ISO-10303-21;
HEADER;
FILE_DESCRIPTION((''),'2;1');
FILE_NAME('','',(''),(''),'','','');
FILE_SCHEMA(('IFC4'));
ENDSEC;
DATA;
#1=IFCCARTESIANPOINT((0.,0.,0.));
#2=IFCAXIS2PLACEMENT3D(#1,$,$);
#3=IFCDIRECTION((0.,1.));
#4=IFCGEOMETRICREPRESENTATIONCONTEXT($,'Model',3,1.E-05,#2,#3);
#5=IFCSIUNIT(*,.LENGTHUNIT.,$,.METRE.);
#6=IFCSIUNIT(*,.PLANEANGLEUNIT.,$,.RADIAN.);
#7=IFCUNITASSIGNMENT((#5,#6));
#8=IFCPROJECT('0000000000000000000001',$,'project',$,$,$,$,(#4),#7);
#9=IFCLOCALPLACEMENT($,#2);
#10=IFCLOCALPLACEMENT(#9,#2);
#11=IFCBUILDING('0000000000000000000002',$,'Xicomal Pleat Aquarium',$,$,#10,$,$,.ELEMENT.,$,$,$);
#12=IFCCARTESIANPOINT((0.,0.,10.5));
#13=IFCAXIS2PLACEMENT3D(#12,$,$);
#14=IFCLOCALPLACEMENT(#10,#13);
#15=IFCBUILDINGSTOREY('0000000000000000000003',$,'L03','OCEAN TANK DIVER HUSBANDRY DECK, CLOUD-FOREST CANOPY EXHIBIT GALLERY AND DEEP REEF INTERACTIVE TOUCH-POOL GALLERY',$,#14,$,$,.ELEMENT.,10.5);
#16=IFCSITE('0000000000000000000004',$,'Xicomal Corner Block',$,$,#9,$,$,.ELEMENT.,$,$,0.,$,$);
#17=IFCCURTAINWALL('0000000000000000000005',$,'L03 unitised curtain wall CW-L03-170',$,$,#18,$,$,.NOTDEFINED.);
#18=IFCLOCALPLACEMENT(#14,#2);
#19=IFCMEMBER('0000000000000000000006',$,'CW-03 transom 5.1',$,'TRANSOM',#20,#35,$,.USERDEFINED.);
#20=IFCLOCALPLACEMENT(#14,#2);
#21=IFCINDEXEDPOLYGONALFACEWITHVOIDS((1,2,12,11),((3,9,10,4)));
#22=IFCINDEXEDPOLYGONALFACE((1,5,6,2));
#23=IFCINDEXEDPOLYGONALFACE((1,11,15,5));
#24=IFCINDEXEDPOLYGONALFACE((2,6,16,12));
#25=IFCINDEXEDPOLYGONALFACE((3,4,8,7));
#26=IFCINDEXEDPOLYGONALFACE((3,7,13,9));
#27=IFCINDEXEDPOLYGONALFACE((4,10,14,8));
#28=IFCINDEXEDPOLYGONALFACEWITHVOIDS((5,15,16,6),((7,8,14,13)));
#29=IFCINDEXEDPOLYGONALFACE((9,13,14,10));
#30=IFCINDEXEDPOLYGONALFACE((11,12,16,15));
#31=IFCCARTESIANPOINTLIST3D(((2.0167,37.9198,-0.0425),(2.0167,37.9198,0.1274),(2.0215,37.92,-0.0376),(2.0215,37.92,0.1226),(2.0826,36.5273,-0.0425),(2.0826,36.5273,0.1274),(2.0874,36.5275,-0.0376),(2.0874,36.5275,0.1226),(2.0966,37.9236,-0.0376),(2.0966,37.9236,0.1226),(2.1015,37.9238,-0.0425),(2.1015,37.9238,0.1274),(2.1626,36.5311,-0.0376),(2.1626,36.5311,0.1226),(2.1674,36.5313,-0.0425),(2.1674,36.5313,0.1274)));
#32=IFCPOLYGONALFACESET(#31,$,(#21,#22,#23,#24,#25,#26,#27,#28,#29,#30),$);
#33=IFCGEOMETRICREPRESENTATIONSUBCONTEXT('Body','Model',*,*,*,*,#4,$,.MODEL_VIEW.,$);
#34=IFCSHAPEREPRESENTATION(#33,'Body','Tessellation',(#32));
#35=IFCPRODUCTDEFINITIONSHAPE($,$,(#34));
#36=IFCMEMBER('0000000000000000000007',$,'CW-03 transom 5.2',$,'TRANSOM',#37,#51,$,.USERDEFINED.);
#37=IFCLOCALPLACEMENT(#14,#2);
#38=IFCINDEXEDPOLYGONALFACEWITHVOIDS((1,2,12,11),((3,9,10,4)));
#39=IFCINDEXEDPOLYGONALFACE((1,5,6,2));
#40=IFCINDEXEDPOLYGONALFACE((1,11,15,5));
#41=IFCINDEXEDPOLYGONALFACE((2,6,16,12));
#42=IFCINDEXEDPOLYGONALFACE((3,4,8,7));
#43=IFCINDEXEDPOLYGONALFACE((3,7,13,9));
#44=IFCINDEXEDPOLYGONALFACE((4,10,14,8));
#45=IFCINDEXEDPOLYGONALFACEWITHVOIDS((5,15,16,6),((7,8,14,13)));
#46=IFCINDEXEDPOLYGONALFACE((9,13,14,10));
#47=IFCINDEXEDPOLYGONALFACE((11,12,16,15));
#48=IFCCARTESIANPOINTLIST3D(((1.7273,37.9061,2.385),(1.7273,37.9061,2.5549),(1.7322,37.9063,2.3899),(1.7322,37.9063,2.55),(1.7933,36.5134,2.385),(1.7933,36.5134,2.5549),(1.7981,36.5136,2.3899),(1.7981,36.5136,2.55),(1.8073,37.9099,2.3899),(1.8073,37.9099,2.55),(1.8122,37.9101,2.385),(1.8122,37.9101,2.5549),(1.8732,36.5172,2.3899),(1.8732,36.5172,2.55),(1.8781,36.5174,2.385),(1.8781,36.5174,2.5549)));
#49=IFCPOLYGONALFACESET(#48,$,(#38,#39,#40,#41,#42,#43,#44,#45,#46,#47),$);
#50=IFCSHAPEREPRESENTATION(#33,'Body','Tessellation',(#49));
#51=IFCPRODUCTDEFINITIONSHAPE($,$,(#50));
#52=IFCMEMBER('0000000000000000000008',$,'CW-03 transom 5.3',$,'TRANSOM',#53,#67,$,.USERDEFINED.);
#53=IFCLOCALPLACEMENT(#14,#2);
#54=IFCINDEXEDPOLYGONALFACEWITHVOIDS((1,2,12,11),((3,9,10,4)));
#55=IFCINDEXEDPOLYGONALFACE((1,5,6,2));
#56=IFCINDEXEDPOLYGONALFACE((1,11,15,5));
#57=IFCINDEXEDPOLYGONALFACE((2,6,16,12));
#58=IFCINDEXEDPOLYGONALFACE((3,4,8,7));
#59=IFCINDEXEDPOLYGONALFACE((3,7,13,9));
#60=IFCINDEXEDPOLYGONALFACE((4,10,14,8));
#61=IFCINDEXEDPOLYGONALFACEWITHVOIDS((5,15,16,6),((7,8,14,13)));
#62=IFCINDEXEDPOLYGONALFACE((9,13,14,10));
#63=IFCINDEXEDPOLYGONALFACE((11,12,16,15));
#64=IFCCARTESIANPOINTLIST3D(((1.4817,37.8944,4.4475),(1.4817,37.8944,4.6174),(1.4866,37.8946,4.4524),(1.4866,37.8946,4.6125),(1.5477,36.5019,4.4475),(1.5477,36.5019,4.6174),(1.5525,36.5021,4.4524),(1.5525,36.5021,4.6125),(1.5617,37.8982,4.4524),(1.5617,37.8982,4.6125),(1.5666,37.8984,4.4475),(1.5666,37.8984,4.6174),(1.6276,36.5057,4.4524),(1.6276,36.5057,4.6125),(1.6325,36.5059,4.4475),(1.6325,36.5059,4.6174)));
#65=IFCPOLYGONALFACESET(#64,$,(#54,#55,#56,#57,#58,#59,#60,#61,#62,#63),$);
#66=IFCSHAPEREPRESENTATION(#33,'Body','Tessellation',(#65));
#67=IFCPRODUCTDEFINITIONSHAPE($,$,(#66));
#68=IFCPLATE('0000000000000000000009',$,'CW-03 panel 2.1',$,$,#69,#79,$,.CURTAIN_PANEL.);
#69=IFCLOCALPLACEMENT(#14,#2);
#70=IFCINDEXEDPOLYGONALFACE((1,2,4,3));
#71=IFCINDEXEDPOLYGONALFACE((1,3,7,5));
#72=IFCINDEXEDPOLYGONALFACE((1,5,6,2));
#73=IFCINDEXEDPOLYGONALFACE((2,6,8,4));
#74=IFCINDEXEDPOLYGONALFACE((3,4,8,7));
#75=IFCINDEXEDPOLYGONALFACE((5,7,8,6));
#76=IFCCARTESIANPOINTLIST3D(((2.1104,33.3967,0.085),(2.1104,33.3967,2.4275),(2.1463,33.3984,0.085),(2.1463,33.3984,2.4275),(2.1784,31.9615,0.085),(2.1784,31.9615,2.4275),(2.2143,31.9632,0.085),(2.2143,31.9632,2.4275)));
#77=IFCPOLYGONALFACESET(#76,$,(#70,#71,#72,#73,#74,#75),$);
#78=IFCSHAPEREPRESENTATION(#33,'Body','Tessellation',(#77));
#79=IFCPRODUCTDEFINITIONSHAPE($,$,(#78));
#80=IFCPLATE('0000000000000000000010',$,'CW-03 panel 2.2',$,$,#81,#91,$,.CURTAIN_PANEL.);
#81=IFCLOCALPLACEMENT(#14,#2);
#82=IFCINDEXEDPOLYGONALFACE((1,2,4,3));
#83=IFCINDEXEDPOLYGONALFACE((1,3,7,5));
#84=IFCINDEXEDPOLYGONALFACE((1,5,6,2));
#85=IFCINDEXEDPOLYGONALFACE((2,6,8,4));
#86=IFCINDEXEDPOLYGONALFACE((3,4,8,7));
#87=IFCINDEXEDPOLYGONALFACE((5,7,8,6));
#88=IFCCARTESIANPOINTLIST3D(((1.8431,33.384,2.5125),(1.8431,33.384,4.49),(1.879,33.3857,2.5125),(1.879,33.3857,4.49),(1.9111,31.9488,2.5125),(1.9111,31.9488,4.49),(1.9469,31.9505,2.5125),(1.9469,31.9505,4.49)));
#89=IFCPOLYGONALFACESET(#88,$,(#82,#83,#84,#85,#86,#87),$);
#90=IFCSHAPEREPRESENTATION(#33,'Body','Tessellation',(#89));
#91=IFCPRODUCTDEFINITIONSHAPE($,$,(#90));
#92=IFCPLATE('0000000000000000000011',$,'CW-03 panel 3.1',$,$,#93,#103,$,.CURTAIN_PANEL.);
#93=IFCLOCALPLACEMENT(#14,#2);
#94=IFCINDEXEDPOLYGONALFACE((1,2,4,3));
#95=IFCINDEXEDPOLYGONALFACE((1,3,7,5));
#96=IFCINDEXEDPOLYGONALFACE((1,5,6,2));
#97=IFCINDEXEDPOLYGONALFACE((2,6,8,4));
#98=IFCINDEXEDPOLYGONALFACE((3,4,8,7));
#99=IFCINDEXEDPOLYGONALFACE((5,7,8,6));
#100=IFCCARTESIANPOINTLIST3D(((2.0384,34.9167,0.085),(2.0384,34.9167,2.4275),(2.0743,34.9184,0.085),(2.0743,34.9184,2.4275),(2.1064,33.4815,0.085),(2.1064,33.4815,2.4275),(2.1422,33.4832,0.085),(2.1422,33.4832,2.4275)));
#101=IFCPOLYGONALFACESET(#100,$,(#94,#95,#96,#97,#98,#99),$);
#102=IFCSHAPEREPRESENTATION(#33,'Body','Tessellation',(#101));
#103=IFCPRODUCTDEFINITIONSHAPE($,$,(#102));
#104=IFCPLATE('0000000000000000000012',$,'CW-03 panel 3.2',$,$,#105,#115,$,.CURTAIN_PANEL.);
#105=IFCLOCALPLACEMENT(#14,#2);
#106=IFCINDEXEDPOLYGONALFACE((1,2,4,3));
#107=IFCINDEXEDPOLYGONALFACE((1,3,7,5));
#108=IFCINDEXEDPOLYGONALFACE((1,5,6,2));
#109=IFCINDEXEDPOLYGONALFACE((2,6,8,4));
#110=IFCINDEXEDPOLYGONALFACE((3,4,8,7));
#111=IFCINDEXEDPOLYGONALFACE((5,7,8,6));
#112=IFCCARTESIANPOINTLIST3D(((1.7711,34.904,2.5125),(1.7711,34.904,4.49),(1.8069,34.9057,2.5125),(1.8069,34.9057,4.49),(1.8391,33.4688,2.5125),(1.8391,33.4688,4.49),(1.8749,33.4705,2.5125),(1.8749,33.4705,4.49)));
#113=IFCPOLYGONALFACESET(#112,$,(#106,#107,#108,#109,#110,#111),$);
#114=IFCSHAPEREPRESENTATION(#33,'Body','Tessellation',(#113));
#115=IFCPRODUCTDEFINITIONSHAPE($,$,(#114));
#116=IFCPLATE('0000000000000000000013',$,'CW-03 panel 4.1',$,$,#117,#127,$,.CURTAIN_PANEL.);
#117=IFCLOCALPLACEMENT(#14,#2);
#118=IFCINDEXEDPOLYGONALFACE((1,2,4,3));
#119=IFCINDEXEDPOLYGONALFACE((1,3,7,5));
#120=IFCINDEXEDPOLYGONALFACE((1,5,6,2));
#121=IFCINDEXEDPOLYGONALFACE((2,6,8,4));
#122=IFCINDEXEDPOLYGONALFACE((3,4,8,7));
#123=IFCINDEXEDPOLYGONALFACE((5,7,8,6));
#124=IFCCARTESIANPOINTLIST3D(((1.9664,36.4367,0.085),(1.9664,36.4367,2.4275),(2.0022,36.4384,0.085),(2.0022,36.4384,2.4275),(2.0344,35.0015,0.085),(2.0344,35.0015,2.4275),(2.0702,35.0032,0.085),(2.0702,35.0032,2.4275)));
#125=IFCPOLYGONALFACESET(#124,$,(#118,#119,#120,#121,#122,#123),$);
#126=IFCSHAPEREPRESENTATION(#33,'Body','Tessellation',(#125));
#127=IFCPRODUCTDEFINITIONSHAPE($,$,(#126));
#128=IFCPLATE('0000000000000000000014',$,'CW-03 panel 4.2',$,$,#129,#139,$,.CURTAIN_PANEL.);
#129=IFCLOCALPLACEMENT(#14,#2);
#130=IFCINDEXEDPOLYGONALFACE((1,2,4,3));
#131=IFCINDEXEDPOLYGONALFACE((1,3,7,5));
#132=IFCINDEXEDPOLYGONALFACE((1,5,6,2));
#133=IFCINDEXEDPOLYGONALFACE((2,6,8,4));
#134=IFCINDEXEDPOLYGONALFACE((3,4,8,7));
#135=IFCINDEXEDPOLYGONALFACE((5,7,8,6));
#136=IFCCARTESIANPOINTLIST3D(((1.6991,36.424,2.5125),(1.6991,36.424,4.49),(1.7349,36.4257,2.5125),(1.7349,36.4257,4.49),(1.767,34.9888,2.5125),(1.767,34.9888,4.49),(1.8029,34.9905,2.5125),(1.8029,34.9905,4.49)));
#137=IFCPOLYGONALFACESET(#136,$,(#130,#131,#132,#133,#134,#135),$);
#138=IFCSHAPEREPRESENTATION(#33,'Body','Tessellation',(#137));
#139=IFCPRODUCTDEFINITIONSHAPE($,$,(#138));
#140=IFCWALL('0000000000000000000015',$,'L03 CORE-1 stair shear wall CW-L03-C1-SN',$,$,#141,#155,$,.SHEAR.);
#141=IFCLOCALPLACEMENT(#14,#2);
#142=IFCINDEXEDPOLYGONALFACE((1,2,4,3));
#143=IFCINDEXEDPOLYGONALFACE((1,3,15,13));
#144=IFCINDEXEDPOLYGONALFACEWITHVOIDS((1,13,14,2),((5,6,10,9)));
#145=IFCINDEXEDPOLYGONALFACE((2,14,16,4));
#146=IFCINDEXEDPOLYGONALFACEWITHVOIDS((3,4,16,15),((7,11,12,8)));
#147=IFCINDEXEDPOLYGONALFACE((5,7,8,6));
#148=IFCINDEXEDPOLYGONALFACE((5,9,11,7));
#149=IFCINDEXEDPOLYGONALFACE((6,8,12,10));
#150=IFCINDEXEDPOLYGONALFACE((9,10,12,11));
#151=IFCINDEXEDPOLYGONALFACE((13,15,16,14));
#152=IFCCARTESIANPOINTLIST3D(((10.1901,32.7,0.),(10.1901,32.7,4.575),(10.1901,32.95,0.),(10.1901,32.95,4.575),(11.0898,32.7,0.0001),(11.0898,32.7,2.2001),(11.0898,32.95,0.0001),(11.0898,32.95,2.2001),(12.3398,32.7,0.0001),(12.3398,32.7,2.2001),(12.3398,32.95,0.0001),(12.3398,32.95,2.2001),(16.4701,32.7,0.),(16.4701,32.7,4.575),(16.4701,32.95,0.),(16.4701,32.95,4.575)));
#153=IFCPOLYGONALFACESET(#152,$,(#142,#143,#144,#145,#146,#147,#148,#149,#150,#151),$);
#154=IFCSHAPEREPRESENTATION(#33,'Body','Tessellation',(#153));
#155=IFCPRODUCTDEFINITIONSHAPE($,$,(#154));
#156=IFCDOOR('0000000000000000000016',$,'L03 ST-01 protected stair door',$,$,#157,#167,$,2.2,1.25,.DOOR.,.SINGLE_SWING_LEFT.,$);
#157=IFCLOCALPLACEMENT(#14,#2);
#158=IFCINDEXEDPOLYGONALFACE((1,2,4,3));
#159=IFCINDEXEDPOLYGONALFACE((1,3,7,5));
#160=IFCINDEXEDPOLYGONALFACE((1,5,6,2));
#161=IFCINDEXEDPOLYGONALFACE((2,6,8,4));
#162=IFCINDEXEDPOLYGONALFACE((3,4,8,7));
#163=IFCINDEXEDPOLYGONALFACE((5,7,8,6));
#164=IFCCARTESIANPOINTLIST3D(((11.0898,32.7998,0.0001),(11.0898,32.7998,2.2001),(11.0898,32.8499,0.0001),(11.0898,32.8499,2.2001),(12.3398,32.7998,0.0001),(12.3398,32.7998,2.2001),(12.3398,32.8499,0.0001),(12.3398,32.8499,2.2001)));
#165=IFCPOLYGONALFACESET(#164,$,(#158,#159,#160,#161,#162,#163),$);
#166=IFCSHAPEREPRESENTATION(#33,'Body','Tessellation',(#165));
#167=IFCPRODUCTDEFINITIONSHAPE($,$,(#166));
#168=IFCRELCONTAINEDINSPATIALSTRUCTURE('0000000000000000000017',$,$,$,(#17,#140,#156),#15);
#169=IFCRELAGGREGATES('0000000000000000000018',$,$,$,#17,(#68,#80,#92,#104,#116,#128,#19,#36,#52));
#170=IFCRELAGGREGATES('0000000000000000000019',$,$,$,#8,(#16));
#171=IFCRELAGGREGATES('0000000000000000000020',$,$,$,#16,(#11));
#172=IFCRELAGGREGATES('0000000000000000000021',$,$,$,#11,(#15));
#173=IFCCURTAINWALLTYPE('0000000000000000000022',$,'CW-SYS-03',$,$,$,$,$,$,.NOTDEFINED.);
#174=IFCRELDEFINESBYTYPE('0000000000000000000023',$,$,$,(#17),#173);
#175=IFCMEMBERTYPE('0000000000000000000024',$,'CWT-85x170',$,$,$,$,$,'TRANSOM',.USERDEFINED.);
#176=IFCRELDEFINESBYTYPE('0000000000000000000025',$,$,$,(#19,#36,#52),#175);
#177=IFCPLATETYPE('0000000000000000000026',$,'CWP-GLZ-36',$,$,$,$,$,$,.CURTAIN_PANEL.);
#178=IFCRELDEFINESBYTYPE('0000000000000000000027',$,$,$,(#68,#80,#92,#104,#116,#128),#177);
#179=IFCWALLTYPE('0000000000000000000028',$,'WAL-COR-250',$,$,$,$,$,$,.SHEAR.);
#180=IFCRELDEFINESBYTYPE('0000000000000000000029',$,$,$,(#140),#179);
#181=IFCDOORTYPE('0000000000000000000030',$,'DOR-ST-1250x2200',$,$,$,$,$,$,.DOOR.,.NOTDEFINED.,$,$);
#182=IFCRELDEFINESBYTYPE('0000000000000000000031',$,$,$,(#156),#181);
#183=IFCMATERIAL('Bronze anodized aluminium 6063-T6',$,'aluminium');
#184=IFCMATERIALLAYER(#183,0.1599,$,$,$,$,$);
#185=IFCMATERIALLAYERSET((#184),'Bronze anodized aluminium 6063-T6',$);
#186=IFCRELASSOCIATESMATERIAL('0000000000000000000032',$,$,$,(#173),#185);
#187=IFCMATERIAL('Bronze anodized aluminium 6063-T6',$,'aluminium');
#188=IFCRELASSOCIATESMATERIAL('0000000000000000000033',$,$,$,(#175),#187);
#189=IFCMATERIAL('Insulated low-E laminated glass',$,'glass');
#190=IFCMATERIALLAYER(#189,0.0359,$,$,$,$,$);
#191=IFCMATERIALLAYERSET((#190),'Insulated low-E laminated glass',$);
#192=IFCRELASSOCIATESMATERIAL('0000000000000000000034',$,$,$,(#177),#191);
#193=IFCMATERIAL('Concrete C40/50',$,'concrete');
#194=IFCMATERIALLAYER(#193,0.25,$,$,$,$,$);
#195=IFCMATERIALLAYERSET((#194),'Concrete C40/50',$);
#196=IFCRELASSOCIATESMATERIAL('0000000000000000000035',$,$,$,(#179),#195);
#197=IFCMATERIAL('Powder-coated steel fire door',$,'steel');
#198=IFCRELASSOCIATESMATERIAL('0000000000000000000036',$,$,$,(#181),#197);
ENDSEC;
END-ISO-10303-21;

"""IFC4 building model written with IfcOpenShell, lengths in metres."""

from ifc_helpers import new_model, si_unit, direction, frame, frame_2d, origin, origin_2d, place, context, subcontext, project, spatial, rectangle, hollow_rectangle, extrude, material, layer, layer_set, material_profile, profile_set, type_object, element, fill, aggregate, save


model = new_model("IFC4")

# Units and contexts
model_context = context("Model", 3, precision=1e-05, world=origin(), true_north=direction((0.0, 1.0)))
body_context = subcontext(model_context, "Body", "Model", "MODEL_VIEW")
ifc_project = project(units=[si_unit("LENGTHUNIT", "METRE"), si_unit("PLANEANGLEUNIT", "RADIAN")], contexts=[model_context])

# Site, building, storey
site_placement = place(None, origin())
site = spatial("IfcSite", under=ifc_project, at=site_placement, Name="Xicomal Corner Block", CompositionType="ELEMENT", RefElevation=0.0)
building_placement = place(site_placement, origin())
building = spatial("IfcBuilding", under=site, at=building_placement, Name="Xicomal Pleat Aquarium", CompositionType="ELEMENT")
storey_placement = place(building_placement, frame((0.0, 0.0, 10.5)))
storey = spatial("IfcBuildingStorey", under=building, at=storey_placement, Name="L03", Description="OCEAN TANK DIVER HUSBANDRY DECK, CLOUD-FOREST CANOPY EXHIBIT GALLERY AND DEEP REEF INTERACTIVE TOUCH-POOL GALLERY", CompositionType="ELEMENT", Elevation=10.5)

# Curtain wall, members, plates
ifc_material_1 = material(Name="Bronze anodized aluminium 6063-T6", Category="aluminium")
ifc_layer_1 = layer(ifc_material_1, 0.1599)
ifc_layer_set_1 = layer_set([ifc_layer_1], Name="Bronze anodized aluminium 6063-T6")
curtain_wall_type = type_object("IfcCurtainWallType", Name="CW-SYS-03", PredefinedType="NOTDEFINED", material=ifc_layer_set_1)
curtain_wall_placement = place(storey_placement, origin())
curtain_wall = element("IfcCurtainWall", 1, at=curtain_wall_placement, inside=storey, type_object=curtain_wall_type, Name="L03 unitised curtain wall CW-L03-170", PredefinedType="NOTDEFINED")
ifc_material_2 = material(Name="Bronze anodized aluminium 6063-T6", Category="aluminium")
ifc_material_profile_1 = material_profile(ifc_material_2, hollow_rectangle(XDim=0.085, YDim=0.1699, WallThickness=0.0049, at=origin_2d()), Name="ALU TRAN 85x170")
ifc_profile_set_1 = profile_set([ifc_material_profile_1], Name="Bronze anodized aluminium 6063-T6")
member_type_1 = type_object("IfcMemberType", Name="CWT-85x170", ElementType="TRANSOM", PredefinedType="USERDEFINED", material=ifc_profile_set_1)
member_1_placement = place(storey_placement, frame((2.125, 36.5293, 0.0425), z_axis=(-0.047282, 0.998882, 0.0), x_axis=(-0.998882, -0.047282, 0.0)))
member_1 = element("IfcMember", 2, at=member_1_placement, type_object=member_type_1, Name="CW-03 transom 5.1", ObjectType="TRANSOM", PredefinedType="USERDEFINED", context=body_context, shape_type="SweptSolid", body=[
    extrude(hollow_rectangle(XDim=0.085, YDim=0.1699, WallThickness=0.0049, at=origin_2d()), origin(), (0.0, 0.0, 1.0), 1.394),
])
member_2_placement = place(storey_placement, frame((1.8357, 36.5154, 2.47), z_axis=(-0.047274, 0.998882, 0.0), x_axis=(-0.998882, -0.047274, 0.0)))
member_2 = element("IfcMember", 3, at=member_2_placement, type_object=member_type_1, Name="CW-03 transom 5.2", ObjectType="TRANSOM", PredefinedType="USERDEFINED", context=body_context, shape_type="SweptSolid", body=[
    extrude(hollow_rectangle(XDim=0.085, YDim=0.1699, WallThickness=0.0049, at=origin_2d()), origin(), (0.0, 0.0, 1.0), 1.3943),
])
member_3_placement = place(storey_placement, frame((1.5901, 36.5039, 4.5325), z_axis=(-0.047282, 0.998882, 0.0), x_axis=(-0.998882, -0.047282, 0.0)))
member_3 = element("IfcMember", 4, at=member_3_placement, type_object=member_type_1, Name="CW-03 transom 5.3", ObjectType="TRANSOM", PredefinedType="USERDEFINED", context=body_context, shape_type="SweptSolid", body=[
    extrude(hollow_rectangle(XDim=0.085, YDim=0.1699, WallThickness=0.0049, at=origin_2d()), origin(), (0.0, 0.0, 1.0), 1.394),
])
ifc_material_3 = material(Name="Insulated low-E laminated glass", Category="glass")
ifc_layer_2 = layer(ifc_material_3, 0.0359)
ifc_layer_set_2 = layer_set([ifc_layer_2], Name="Insulated low-E laminated glass")
plate_type = type_object("IfcPlateType", Name="CWP-GLZ-36", PredefinedType="CURTAIN_PANEL", material=ifc_layer_set_2)
plate_1_placement = place(storey_placement, frame((2.1624, 32.6799, 0.085), z_axis=(0.0, 0.0, 1.0), x_axis=(-0.047315, 0.99888, 0.0)))
plate_1 = element("IfcPlate", 5, at=plate_1_placement, type_object=plate_type, Name="CW-03 panel 2.1", PredefinedType="CURTAIN_PANEL", context=body_context, shape_type="SweptSolid", body=[
    extrude(rectangle(XDim=1.4368, YDim=0.0359, at=origin_2d()), origin(), (0.0, 0.0, 1.0), 2.3425),
])
plate_2_placement = place(storey_placement, frame((1.895, 32.6672, 2.5125), z_axis=(0.0, 0.0, 1.0), x_axis=(-0.047315, 0.99888, 0.0)))
plate_2 = element("IfcPlate", 6, at=plate_2_placement, type_object=plate_type, Name="CW-03 panel 2.2", PredefinedType="CURTAIN_PANEL", context=body_context, shape_type="SweptSolid", body=[
    extrude(rectangle(XDim=1.4368, YDim=0.0359, at=origin_2d()), origin(), (0.0, 0.0, 1.0), 1.9775),
])
plate_3_placement = place(storey_placement, frame((2.0903, 34.2, 0.085), z_axis=(0.0, 0.0, 1.0), x_axis=(-0.047315, 0.99888, 0.0)))
plate_3 = element("IfcPlate", 7, at=plate_3_placement, type_object=plate_type, Name="CW-03 panel 3.1", PredefinedType="CURTAIN_PANEL", context=body_context, shape_type="SweptSolid", body=[
    extrude(rectangle(XDim=1.4368, YDim=0.0359, at=origin_2d()), origin(), (0.0, 0.0, 1.0), 2.3425),
])
plate_4_placement = place(storey_placement, frame((1.823, 34.1873, 2.5125), z_axis=(0.0, 0.0, 1.0), x_axis=(-0.047315, 0.99888, 0.0)))
plate_4 = element("IfcPlate", 8, at=plate_4_placement, type_object=plate_type, Name="CW-03 panel 3.2", PredefinedType="CURTAIN_PANEL", context=body_context, shape_type="SweptSolid", body=[
    extrude(rectangle(XDim=1.4368, YDim=0.0359, at=origin_2d()), origin(), (0.0, 0.0, 1.0), 1.9775),
])
plate_5_placement = place(storey_placement, frame((2.0183, 35.72, 0.085), z_axis=(0.0, 0.0, 1.0), x_axis=(-0.047315, 0.99888, 0.0)))
plate_5 = element("IfcPlate", 9, at=plate_5_placement, type_object=plate_type, Name="CW-03 panel 4.1", PredefinedType="CURTAIN_PANEL", context=body_context, shape_type="SweptSolid", body=[
    extrude(rectangle(XDim=1.4368, YDim=0.0359, at=origin_2d()), origin(), (0.0, 0.0, 1.0), 2.3425),
])
plate_6_placement = place(storey_placement, frame((1.751, 35.7073, 2.5125), z_axis=(0.0, 0.0, 1.0), x_axis=(-0.047315, 0.99888, 0.0)))
plate_6 = element("IfcPlate", 10, at=plate_6_placement, type_object=plate_type, Name="CW-03 panel 4.2", PredefinedType="CURTAIN_PANEL", context=body_context, shape_type="SweptSolid", body=[
    extrude(rectangle(XDim=1.4368, YDim=0.0359, at=origin_2d()), origin(), (0.0, 0.0, 1.0), 1.9775),
])
aggregate(curtain_wall, [plate_1, plate_2, plate_3, plate_4, plate_5, plate_6, member_1, member_2, member_3])

# Wall, opening, door
ifc_material_4 = material(Name="Concrete C40/50", Category="concrete")
ifc_layer_3 = layer(ifc_material_4, 0.25)
ifc_layer_set_3 = layer_set([ifc_layer_3], Name="Concrete C40/50")
wall_type = type_object("IfcWallType", Name="WAL-COR-250", PredefinedType="SHEAR", material=ifc_layer_set_3)
wall_placement = place(storey_placement, frame((10.1899, 32.825, 0.0), z_axis=(0.0, 0.0, 1.0), x_axis=(1.0, 0.0, 0.0)))
wall = element("IfcWall", 11, at=wall_placement, inside=storey, type_object=wall_type, Name="L03 CORE-1 stair shear wall CW-L03-C1-SN", PredefinedType="SHEAR", context=body_context, shape_type="SweptSolid", body=[
    extrude(rectangle(XDim=6.28, YDim=0.25, at=frame_2d((3.1401, 0.0))), origin(), (0.0, 0.0, 1.0), 4.575),
])
opening_placement = place(wall_placement, frame((0.8999, 0.0, 0.0)))
opening = element("IfcOpeningElement", 12, at=opening_placement, cuts=wall, PredefinedType="OPENING", context=body_context, shape_type="SweptSolid", body=[
    extrude(rectangle(XDim=1.25, YDim=2.2, at=frame_2d((0.625, 1.1001))), frame((0.0, 0.135, 0.0), z_axis=(0.0, -1.0, 0.0), x_axis=(1.0, 0.0, 0.0)), (0.0, 0.0, 1.0), 0.27),
])
ifc_material_5 = material(Name="Powder-coated steel fire door", Category="steel")
door_type = type_object("IfcDoorType", Name="DOR-ST-1250x2200", OperationType="NOTDEFINED", PredefinedType="DOOR", material=ifc_material_5)
door_placement = place(opening_placement, origin())
door = element("IfcDoor", 13, at=door_placement, inside=storey, type_object=door_type, Name="L03 ST-01 protected stair door", OperationType="SINGLE_SWING_LEFT", OverallHeight=2.2, OverallWidth=1.25, PredefinedType="DOOR", context=body_context, shape_type="SweptSolid", body=[
    extrude(rectangle(XDim=1.25, YDim=2.2, at=frame_2d((0.625, 1.1001))), frame((0.0, 0.0249, 0.0), z_axis=(0.0, -1.0, 0.0), x_axis=(1.0, 0.0, 0.0)), (0.0, 0.0, 1.0), 0.05),
])
fill(opening, door)

save(model, "model.ifc")
